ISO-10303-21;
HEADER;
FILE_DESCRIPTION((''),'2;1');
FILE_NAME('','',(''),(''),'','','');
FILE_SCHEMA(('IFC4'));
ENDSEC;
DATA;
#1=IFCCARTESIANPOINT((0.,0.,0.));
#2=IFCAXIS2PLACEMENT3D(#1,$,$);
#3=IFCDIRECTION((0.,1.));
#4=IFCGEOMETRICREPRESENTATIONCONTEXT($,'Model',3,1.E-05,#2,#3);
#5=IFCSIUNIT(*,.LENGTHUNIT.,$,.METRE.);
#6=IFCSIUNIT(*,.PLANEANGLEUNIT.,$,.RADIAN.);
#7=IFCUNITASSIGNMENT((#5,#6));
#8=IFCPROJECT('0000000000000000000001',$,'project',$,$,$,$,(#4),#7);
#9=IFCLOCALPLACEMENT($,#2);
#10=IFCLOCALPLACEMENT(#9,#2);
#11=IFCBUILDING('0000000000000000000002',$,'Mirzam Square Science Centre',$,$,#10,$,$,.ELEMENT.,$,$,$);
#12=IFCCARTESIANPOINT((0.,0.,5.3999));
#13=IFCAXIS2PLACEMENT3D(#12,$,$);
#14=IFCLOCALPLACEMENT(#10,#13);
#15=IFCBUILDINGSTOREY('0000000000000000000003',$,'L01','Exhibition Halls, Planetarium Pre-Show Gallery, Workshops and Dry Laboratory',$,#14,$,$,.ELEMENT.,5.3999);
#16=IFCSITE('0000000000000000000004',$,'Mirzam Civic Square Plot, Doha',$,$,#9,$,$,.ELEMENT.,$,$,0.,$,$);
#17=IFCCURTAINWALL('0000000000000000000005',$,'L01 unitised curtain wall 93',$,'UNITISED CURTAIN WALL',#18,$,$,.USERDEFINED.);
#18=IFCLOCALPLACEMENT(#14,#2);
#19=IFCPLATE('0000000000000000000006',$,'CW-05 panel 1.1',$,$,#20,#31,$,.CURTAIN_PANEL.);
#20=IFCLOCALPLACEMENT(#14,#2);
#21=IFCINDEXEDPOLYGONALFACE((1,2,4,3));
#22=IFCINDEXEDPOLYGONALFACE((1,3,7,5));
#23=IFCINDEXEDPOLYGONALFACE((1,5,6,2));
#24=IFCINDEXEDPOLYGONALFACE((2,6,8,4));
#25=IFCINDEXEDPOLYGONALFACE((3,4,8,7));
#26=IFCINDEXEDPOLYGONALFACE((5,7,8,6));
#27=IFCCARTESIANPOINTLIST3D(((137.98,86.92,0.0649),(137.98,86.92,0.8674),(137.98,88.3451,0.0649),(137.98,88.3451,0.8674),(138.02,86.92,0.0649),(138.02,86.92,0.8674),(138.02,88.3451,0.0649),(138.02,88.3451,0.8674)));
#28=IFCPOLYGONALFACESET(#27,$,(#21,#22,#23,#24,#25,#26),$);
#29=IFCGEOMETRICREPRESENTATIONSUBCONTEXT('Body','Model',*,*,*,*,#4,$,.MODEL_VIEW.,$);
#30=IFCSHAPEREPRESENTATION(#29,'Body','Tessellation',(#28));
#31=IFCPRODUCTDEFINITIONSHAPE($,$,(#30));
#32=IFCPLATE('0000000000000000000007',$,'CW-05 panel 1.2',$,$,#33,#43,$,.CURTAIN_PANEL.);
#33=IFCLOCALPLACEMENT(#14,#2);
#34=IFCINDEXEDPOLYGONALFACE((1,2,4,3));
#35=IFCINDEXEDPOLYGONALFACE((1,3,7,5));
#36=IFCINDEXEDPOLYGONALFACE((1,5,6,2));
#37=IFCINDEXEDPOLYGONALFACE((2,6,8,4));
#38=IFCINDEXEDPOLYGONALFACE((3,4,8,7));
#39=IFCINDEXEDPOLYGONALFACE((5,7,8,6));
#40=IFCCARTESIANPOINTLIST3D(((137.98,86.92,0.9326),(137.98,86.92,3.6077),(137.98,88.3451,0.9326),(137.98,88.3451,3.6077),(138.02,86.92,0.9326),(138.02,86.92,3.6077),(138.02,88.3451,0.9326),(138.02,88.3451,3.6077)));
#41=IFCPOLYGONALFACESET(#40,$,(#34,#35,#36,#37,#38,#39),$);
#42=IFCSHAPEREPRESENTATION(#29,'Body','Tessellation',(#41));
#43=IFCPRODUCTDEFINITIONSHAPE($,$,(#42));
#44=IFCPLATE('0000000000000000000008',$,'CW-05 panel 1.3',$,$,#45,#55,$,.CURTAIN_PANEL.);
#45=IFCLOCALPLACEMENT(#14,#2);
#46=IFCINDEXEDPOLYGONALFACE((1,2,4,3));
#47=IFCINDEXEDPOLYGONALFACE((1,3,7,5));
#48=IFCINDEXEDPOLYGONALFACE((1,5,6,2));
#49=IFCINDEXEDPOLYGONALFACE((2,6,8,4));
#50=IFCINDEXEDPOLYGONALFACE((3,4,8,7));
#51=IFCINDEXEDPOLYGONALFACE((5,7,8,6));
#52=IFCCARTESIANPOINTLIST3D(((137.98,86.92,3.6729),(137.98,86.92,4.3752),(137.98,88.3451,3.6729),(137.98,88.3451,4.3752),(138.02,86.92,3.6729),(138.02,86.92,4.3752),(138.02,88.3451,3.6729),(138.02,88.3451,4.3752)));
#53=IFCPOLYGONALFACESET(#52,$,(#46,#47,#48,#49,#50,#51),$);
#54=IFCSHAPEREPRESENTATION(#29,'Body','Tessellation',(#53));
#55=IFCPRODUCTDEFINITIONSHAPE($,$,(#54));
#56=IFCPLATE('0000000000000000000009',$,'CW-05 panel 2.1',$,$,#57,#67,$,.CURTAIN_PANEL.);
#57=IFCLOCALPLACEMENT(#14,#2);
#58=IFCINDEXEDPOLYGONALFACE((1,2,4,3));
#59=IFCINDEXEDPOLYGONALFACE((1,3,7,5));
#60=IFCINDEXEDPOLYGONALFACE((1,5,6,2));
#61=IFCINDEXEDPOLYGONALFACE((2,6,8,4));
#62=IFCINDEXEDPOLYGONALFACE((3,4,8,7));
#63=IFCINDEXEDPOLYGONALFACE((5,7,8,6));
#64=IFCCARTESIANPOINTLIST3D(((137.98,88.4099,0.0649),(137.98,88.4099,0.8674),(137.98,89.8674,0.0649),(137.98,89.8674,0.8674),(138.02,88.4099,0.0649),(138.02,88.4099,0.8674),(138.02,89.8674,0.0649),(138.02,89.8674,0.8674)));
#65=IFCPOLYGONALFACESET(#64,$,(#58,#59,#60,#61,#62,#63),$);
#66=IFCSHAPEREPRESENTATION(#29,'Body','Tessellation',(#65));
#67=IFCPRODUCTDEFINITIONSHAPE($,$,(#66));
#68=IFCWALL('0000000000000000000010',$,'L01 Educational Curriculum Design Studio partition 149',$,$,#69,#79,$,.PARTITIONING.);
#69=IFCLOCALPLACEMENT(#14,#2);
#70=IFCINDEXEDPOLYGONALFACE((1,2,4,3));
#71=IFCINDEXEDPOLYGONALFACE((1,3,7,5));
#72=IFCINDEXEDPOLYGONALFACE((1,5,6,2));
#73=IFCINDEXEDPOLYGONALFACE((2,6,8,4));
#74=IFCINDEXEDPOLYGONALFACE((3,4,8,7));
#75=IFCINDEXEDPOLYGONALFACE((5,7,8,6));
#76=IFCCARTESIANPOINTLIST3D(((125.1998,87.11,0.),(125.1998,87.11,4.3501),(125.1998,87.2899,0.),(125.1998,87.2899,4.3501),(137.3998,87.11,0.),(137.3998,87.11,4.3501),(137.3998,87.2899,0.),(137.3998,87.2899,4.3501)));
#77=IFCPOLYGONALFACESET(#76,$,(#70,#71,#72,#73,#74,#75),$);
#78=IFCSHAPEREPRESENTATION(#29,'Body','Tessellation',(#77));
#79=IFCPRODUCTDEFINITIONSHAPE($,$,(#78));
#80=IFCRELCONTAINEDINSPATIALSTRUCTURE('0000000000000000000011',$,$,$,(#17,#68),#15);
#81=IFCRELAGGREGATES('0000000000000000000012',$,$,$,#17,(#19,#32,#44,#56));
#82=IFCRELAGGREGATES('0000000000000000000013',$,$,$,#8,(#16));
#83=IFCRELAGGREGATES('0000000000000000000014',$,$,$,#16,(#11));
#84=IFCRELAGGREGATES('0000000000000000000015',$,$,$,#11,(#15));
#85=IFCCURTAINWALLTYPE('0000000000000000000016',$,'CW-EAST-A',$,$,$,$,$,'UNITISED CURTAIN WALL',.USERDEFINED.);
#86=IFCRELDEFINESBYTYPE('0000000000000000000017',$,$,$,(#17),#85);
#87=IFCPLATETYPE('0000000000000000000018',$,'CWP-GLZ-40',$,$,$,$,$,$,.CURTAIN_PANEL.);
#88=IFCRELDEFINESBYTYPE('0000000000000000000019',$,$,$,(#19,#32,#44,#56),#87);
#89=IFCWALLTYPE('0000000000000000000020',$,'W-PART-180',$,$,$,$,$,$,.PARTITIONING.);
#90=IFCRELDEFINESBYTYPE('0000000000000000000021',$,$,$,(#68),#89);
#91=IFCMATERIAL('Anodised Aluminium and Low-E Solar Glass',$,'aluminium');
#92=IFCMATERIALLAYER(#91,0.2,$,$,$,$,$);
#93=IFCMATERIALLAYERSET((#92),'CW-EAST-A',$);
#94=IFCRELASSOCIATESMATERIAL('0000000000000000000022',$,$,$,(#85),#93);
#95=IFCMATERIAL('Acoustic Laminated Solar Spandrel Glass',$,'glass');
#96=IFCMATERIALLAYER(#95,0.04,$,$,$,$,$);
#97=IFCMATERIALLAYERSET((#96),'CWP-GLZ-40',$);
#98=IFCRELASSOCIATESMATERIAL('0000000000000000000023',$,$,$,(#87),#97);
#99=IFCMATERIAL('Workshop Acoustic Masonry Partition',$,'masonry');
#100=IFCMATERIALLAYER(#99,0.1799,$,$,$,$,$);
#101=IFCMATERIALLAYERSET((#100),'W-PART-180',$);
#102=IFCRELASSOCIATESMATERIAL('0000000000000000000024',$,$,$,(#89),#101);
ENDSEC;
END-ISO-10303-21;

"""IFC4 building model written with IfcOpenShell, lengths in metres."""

from ifc_helpers import new_model, si_unit, direction, frame, frame_2d, origin, origin_2d, place, context, subcontext, project, spatial, rectangle, extrude, material, layer, layer_set, type_object, element, aggregate, save


model = new_model("IFC4")

# Units and contexts
model_context = context("Model", 3, precision=1e-05, world=origin(), true_north=direction((0.0, 1.0)))
body_context = subcontext(model_context, "Body", "Model", "MODEL_VIEW")
ifc_project = project(units=[si_unit("LENGTHUNIT", "METRE"), si_unit("PLANEANGLEUNIT", "RADIAN")], contexts=[model_context])

# Site, building, storey
site_placement = place(None, origin())
site = spatial("IfcSite", under=ifc_project, at=site_placement, Name="Mirzam Civic Square Plot, Doha", CompositionType="ELEMENT", RefElevation=0.0)
building_placement = place(site_placement, origin())
building = spatial("IfcBuilding", under=site, at=building_placement, Name="Mirzam Square Science Centre", CompositionType="ELEMENT")
storey_placement = place(building_placement, frame((0.0, 0.0, 5.3999)))
storey = spatial("IfcBuildingStorey", under=building, at=storey_placement, Name="L01", Description="Exhibition Halls, Planetarium Pre-Show Gallery, Workshops and Dry Laboratory", CompositionType="ELEMENT", Elevation=5.3999)

# Curtain wall
ifc_material_1 = material(Name="Anodised Aluminium and Low-E Solar Glass", Category="aluminium")
ifc_layer_1 = layer(ifc_material_1, 0.2)
ifc_layer_set_1 = layer_set([ifc_layer_1], Name="CW-EAST-A")
curtain_wall_type = type_object("IfcCurtainWallType", Name="CW-EAST-A", ElementType="UNITISED CURTAIN WALL", PredefinedType="USERDEFINED", material=ifc_layer_set_1)
curtain_wall_placement = place(storey_placement, origin())
curtain_wall = element("IfcCurtainWall", 1, at=curtain_wall_placement, inside=storey, type_object=curtain_wall_type, Name="L01 unitised curtain wall 93", ObjectType="UNITISED CURTAIN WALL", PredefinedType="USERDEFINED")

# Plates
ifc_material_2 = material(Name="Acoustic Laminated Solar Spandrel Glass", Category="glass")
ifc_layer_2 = layer(ifc_material_2, 0.04)
ifc_layer_set_2 = layer_set([ifc_layer_2], Name="CWP-GLZ-40")
plate_type = type_object("IfcPlateType", Name="CWP-GLZ-40", PredefinedType="CURTAIN_PANEL", material=ifc_layer_set_2)
plate_1_placement = place(storey_placement, frame((138.0, 87.6326, 0.0649), z_axis=(0.0, 0.0, 1.0), x_axis=(0.0, 1.0, 0.0)))
plate_1 = element("IfcPlate", 2, at=plate_1_placement, type_object=plate_type, Name="CW-05 panel 1.1", PredefinedType="CURTAIN_PANEL", context=body_context, shape_type="SweptSolid", body=[
    extrude(rectangle(XDim=1.425, YDim=0.04, at=origin_2d()), origin(), (0.0, 0.0, 1.0), 0.8025),
])
plate_2_placement = place(storey_placement, frame((138.0, 87.6326, 0.9326), z_axis=(0.0, 0.0, 1.0), x_axis=(0.0, 1.0, 0.0)))
plate_2 = element("IfcPlate", 3, at=plate_2_placement, type_object=plate_type, Name="CW-05 panel 1.2", PredefinedType="CURTAIN_PANEL", context=body_context, shape_type="SweptSolid", body=[
    extrude(rectangle(XDim=1.425, YDim=0.04, at=origin_2d()), origin(), (0.0, 0.0, 1.0), 2.675),
])
plate_3_placement = place(storey_placement, frame((138.0, 87.6326, 3.6729), z_axis=(0.0, 0.0, 1.0), x_axis=(0.0, 1.0, 0.0)))
plate_3 = element("IfcPlate", 4, at=plate_3_placement, type_object=plate_type, Name="CW-05 panel 1.3", PredefinedType="CURTAIN_PANEL", context=body_context, shape_type="SweptSolid", body=[
    extrude(rectangle(XDim=1.425, YDim=0.04, at=origin_2d()), origin(), (0.0, 0.0, 1.0), 0.7024),
])
plate_4_placement = place(storey_placement, frame((138.0, 89.1387, 0.0649), z_axis=(0.0, 0.0, 1.0), x_axis=(0.0, 1.0, 0.0)))
plate_4 = element("IfcPlate", 5, at=plate_4_placement, type_object=plate_type, Name="CW-05 panel 2.1", PredefinedType="CURTAIN_PANEL", context=body_context, shape_type="SweptSolid", body=[
    extrude(rectangle(XDim=1.4575, YDim=0.04, at=origin_2d()), origin(), (0.0, 0.0, 1.0), 0.8025),
])
aggregate(curtain_wall, [plate_1, plate_2, plate_3, plate_4])

# Wall
ifc_material_3 = material(Name="Workshop Acoustic Masonry Partition", Category="masonry")
ifc_layer_3 = layer(ifc_material_3, 0.1799)
ifc_layer_set_3 = layer_set([ifc_layer_3], Name="W-PART-180")
wall_type = type_object("IfcWallType", Name="W-PART-180", PredefinedType="PARTITIONING", material=ifc_layer_set_3)
wall_placement = place(storey_placement, frame((137.3999, 87.2, 0.0), z_axis=(0.0, 0.0, 1.0), x_axis=(-1.0, 0.0, 0.0)))
element("IfcWall", 6, at=wall_placement, inside=storey, type_object=wall_type, Name="L01 Educational Curriculum Design Studio partition 149", PredefinedType="PARTITIONING", context=body_context, shape_type="SweptSolid", body=[
    extrude(rectangle(XDim=12.2, YDim=0.1799, at=frame_2d((6.1001, 0.0))), origin(), (0.0, 0.0, 1.0), 4.3501),
])

save(model, "model.ifc")
